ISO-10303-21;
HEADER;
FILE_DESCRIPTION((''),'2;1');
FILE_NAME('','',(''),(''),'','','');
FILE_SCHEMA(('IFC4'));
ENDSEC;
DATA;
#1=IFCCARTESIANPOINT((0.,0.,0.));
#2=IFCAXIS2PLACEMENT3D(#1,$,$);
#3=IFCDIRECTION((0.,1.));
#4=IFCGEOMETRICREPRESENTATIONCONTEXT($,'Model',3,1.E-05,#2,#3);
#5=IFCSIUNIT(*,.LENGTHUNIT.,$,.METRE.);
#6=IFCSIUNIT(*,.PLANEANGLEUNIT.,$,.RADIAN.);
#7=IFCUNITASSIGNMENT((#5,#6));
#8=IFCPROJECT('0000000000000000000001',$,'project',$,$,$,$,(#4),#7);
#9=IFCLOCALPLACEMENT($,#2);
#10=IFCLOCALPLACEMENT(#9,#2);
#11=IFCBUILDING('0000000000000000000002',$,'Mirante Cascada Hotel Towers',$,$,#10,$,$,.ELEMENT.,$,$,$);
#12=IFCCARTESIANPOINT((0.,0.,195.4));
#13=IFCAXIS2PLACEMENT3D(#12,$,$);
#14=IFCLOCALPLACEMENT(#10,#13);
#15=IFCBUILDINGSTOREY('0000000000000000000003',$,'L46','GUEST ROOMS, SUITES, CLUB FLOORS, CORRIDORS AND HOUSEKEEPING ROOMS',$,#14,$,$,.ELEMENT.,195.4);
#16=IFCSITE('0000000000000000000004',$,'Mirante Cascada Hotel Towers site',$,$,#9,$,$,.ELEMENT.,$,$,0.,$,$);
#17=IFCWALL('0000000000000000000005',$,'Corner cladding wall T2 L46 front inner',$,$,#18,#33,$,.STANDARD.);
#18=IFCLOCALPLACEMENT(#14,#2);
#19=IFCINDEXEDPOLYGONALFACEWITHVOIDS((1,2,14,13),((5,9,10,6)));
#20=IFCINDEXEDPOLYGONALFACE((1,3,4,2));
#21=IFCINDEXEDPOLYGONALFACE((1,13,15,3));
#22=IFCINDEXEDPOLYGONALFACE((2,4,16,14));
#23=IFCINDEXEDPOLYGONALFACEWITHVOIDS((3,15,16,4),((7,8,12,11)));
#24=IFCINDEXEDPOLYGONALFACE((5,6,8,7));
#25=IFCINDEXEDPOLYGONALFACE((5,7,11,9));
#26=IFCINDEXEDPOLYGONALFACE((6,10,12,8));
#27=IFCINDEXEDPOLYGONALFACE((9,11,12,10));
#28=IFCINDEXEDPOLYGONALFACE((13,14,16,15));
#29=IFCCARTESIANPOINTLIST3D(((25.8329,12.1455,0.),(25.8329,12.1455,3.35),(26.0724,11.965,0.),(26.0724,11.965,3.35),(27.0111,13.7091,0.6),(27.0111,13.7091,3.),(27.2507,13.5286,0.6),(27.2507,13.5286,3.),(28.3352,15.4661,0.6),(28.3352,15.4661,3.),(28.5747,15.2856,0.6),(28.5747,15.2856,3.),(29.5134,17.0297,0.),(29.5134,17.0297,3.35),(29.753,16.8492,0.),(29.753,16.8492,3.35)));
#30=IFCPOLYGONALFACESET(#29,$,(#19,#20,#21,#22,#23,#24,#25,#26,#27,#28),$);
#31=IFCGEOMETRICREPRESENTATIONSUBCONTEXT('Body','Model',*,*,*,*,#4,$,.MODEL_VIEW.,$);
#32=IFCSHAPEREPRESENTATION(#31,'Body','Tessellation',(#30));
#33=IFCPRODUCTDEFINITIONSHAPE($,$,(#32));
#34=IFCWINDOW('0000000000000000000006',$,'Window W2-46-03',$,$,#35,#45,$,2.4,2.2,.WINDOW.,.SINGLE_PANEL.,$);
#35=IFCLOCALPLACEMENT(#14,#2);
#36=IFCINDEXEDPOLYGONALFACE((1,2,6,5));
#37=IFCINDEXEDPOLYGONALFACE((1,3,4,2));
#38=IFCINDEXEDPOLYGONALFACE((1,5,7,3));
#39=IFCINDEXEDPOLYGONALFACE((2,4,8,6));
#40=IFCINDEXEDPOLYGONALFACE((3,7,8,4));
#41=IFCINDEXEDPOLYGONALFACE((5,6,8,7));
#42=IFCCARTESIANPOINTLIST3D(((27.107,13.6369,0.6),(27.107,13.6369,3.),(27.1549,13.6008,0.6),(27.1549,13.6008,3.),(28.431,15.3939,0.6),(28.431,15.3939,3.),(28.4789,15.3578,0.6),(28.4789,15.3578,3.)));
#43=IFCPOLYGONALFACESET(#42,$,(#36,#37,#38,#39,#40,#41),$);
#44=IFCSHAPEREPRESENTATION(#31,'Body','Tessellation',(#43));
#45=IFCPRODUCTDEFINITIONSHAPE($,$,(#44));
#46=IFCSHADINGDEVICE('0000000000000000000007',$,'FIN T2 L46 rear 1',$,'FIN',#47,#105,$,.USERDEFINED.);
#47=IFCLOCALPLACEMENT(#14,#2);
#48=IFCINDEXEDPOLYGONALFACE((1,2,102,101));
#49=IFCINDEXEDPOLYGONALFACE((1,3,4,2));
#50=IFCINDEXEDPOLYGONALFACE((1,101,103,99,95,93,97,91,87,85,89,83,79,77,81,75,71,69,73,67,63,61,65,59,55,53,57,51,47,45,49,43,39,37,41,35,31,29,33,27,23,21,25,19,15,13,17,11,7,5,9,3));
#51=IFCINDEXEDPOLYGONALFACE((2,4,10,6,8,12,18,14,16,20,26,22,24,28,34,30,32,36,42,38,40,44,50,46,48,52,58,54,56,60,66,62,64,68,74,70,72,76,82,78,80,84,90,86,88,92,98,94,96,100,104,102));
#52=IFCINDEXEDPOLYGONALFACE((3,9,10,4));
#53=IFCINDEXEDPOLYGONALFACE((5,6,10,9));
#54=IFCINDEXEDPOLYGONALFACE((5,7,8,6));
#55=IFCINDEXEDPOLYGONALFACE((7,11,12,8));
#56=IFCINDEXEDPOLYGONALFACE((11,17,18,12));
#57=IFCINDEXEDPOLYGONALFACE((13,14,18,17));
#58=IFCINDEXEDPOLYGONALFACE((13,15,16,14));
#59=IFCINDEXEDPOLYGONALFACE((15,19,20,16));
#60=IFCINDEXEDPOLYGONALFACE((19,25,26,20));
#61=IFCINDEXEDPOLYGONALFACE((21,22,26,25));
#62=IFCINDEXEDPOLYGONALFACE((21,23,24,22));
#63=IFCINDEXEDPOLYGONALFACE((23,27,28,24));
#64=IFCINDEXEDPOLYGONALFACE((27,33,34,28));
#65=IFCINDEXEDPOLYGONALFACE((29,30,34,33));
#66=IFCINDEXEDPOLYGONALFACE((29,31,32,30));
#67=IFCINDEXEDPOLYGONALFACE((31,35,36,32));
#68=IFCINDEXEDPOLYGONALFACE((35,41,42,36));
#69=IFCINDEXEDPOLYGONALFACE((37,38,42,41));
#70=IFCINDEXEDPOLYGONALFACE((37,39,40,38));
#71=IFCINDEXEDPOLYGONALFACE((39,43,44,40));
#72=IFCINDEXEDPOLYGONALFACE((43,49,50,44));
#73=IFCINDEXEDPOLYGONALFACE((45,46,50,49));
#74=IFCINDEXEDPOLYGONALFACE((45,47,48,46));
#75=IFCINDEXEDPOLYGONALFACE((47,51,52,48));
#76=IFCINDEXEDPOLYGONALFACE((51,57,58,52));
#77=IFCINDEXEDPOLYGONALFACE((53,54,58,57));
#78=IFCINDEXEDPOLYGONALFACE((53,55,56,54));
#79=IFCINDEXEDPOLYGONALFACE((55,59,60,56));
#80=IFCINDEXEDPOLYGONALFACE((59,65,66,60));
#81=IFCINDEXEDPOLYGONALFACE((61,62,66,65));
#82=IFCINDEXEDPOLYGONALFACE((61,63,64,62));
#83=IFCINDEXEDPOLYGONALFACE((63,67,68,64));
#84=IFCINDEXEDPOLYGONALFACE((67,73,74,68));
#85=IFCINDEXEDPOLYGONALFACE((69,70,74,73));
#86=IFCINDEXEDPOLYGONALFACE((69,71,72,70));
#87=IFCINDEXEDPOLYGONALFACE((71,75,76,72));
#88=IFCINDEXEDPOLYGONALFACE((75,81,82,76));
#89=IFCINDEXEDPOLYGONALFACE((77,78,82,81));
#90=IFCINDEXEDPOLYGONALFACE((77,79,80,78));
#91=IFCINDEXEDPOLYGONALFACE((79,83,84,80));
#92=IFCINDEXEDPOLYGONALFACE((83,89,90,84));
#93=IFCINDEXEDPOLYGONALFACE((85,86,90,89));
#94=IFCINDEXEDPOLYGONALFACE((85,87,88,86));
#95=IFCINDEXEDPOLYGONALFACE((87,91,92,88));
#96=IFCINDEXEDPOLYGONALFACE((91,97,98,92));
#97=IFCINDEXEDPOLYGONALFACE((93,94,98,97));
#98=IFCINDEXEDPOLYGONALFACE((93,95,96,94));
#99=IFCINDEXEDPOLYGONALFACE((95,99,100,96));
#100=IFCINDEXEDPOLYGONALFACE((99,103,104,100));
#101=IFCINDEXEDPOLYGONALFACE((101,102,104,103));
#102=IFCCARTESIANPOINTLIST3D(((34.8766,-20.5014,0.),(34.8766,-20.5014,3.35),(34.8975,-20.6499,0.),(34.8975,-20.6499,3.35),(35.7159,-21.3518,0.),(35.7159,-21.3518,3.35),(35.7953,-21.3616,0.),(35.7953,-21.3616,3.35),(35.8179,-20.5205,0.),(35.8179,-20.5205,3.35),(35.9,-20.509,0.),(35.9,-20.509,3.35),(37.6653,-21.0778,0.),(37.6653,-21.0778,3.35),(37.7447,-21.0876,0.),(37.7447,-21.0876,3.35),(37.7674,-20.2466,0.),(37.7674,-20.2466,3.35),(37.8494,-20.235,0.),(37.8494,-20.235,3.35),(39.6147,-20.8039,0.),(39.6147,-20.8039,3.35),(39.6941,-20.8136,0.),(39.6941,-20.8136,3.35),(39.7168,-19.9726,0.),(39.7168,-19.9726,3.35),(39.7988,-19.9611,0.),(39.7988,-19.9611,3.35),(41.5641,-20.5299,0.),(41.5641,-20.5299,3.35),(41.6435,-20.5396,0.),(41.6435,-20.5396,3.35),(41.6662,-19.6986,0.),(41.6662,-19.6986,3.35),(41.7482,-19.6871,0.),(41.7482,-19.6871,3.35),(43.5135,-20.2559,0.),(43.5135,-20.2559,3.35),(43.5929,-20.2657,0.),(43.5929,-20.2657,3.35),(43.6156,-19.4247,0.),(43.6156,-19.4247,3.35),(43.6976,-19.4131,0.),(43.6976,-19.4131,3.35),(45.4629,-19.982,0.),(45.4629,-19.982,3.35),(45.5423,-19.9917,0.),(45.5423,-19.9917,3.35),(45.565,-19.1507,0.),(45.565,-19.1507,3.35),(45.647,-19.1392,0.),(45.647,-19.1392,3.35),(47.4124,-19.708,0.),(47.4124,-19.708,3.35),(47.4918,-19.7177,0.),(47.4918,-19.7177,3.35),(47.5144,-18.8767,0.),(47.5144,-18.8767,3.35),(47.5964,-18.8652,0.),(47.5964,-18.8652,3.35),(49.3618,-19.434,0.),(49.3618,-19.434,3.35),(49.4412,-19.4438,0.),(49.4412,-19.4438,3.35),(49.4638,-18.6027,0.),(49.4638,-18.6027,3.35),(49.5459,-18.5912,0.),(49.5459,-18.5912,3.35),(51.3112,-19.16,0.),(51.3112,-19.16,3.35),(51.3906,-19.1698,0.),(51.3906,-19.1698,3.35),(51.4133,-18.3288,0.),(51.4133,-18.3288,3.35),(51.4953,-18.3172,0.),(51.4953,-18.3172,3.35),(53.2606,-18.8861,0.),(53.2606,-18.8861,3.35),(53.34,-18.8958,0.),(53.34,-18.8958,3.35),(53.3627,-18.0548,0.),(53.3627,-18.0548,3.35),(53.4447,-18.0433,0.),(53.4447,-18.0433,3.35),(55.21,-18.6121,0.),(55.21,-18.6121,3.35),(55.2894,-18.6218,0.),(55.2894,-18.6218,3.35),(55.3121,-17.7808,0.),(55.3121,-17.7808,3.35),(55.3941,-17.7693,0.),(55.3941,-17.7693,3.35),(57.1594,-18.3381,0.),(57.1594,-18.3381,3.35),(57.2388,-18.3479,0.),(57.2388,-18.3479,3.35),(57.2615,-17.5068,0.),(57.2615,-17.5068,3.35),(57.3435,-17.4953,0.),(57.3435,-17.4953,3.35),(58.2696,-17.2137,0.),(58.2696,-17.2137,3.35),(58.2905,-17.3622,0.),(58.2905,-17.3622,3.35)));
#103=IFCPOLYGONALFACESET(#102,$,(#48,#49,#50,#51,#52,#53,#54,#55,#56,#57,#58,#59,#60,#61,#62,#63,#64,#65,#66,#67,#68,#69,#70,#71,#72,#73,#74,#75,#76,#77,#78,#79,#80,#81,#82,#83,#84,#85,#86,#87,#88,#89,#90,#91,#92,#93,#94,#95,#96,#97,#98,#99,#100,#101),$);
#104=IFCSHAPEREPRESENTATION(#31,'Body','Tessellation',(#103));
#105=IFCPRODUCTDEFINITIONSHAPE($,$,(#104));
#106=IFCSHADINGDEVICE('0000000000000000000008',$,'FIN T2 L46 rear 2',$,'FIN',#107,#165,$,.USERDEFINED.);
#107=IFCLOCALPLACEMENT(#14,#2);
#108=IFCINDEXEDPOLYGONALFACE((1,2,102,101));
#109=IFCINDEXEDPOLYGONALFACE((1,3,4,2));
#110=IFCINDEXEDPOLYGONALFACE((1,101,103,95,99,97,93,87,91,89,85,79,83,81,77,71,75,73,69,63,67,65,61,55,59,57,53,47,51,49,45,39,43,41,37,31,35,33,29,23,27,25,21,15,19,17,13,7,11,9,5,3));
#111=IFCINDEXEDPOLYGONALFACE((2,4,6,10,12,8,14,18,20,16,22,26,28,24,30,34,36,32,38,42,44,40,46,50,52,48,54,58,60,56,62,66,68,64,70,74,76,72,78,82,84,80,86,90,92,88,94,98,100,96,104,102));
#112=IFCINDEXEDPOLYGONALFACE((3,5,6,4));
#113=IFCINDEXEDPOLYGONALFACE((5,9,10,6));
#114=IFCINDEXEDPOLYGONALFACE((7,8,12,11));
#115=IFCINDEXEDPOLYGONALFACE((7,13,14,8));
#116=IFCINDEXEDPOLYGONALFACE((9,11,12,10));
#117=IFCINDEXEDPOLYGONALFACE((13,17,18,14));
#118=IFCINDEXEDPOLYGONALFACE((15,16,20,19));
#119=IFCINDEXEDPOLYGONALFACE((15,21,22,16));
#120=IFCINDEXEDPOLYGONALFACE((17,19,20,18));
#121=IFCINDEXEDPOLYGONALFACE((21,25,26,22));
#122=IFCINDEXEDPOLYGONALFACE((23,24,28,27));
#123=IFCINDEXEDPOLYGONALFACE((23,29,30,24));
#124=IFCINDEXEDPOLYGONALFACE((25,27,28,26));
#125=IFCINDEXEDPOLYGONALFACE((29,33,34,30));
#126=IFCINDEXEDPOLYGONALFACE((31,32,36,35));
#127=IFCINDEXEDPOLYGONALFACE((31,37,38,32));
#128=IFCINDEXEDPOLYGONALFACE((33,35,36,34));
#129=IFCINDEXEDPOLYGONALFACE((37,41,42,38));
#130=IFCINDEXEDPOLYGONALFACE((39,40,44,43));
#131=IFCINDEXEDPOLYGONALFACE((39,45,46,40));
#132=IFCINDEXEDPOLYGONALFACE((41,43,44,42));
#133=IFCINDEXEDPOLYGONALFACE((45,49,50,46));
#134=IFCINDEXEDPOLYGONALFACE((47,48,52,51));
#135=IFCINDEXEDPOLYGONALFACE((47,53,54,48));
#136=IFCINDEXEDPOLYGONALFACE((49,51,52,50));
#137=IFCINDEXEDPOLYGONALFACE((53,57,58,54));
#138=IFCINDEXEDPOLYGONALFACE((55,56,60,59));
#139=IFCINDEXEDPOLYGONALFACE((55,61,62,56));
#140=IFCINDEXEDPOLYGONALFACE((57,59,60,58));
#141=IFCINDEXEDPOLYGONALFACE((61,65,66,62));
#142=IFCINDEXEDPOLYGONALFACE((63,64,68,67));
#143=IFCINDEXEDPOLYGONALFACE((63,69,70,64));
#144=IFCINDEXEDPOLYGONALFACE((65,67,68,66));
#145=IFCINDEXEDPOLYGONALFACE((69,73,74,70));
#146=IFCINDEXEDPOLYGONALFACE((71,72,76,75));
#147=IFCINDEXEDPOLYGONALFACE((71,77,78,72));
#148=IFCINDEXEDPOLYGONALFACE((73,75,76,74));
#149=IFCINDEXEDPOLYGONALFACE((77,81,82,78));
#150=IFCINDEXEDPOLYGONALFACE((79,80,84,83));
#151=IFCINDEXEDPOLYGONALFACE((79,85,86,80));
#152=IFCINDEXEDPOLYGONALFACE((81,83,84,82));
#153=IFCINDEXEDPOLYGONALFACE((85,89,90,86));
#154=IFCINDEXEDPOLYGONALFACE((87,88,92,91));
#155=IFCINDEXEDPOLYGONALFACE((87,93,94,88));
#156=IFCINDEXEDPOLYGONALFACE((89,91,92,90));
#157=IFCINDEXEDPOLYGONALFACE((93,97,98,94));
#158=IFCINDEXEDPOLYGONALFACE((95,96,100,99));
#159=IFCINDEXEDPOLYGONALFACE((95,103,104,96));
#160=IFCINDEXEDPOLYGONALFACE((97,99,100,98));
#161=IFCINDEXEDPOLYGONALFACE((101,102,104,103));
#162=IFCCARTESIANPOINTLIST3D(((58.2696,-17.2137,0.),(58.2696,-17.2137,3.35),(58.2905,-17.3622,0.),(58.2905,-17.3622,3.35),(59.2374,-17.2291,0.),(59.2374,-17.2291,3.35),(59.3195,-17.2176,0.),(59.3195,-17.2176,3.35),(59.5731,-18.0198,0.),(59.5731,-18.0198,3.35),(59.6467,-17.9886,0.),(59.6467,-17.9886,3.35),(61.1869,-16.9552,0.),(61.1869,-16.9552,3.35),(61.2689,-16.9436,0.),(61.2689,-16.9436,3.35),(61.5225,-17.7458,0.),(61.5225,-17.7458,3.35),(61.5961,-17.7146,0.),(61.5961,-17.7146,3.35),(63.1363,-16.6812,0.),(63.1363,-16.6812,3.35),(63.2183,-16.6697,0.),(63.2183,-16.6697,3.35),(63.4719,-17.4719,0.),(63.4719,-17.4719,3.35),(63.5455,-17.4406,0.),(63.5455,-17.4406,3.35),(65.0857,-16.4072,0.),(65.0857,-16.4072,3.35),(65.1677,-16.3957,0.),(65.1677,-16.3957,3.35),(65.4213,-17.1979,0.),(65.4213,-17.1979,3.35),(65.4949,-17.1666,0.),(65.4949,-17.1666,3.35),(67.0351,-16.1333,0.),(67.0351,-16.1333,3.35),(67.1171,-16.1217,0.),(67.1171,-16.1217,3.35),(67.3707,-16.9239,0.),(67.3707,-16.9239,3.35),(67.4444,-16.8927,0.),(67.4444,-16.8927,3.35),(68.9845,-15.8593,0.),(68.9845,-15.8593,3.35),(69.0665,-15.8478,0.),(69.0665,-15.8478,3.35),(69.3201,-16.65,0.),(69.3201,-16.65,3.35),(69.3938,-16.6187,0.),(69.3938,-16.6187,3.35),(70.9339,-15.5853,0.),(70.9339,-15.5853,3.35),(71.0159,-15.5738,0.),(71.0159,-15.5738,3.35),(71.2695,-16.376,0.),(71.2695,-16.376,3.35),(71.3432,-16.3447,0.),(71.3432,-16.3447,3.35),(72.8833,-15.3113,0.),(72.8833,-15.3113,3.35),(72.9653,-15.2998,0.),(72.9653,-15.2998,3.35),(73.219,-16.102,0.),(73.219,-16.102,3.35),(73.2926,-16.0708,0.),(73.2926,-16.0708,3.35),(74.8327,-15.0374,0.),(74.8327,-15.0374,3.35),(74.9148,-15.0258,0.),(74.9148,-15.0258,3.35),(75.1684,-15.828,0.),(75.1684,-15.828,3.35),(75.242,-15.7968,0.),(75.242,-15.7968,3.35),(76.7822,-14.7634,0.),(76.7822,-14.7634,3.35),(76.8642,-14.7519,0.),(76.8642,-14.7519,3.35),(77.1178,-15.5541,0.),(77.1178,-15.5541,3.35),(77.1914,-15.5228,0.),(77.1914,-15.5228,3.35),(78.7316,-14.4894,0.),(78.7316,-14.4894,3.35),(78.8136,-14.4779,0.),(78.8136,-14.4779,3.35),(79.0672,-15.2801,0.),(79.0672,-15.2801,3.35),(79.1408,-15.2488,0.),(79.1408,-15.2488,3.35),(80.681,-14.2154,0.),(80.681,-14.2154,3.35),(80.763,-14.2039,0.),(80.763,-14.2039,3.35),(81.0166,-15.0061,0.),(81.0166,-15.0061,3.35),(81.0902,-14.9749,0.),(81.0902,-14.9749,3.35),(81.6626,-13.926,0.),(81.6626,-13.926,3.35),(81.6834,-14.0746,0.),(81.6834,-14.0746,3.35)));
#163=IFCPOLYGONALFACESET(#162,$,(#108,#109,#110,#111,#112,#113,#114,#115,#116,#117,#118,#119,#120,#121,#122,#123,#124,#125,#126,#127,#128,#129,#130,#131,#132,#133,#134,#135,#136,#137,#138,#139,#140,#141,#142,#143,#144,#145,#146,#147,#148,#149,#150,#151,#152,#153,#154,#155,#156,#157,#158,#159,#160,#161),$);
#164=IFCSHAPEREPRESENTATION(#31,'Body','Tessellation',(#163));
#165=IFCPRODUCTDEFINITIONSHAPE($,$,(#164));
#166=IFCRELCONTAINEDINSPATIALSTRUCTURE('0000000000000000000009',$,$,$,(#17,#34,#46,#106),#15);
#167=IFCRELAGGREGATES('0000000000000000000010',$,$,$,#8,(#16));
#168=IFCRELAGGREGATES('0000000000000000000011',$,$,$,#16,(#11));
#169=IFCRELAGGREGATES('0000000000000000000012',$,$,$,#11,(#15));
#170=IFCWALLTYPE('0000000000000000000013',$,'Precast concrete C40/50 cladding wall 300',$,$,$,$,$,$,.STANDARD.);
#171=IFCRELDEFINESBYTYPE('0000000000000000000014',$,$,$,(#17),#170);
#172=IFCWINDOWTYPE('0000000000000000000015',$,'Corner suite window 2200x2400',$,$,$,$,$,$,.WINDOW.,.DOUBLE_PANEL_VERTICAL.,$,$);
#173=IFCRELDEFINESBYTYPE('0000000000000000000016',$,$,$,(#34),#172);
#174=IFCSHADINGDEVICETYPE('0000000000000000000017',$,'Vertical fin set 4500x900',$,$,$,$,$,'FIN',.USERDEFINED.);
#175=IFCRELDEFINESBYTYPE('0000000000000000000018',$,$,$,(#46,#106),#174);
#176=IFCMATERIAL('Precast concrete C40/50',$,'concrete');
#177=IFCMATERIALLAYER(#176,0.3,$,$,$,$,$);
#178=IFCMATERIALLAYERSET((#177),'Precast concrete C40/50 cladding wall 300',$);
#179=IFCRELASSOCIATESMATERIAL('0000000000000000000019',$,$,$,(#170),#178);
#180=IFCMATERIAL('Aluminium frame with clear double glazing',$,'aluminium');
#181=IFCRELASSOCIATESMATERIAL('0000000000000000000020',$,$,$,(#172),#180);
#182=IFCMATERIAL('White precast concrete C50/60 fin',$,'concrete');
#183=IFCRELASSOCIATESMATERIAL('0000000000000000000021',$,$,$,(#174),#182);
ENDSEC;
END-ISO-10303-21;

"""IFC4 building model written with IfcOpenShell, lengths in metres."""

from ifc_helpers import new_model, si_unit, direction, frame, frame_2d, origin, place, context, subcontext, project, spatial, polyline, rectangle, outline, extrude, material, layer, layer_set, type_object, element, fill, save


model = new_model("IFC4")

# Units and contexts
model_context = context("Model", 3, precision=1e-05, world=origin(), true_north=direction((0.0, 1.0)))
body_context = subcontext(model_context, "Body", "Model", "MODEL_VIEW")
ifc_project = project(units=[si_unit("LENGTHUNIT", "METRE"), si_unit("PLANEANGLEUNIT", "RADIAN")], contexts=[model_context])

# Site, building, storey
site_placement = place(None, origin())
site = spatial("IfcSite", under=ifc_project, at=site_placement, Name="Mirante Cascada Hotel Towers site", CompositionType="ELEMENT", RefElevation=0.0)
building_placement = place(site_placement, origin())
building = spatial("IfcBuilding", under=site, at=building_placement, Name="Mirante Cascada Hotel Towers", CompositionType="ELEMENT")
storey_placement = place(building_placement, frame((0.0, 0.0, 195.4)))
storey = spatial("IfcBuildingStorey", under=building, at=storey_placement, Name="L46", Description="GUEST ROOMS, SUITES, CLUB FLOORS, CORRIDORS AND HOUSEKEEPING ROOMS", CompositionType="ELEMENT", Elevation=195.4)

# Wall, opening, window
ifc_material_1 = material(Name="Precast concrete C40/50", Category="concrete")
ifc_layer_1 = layer(ifc_material_1, 0.3)
ifc_layer_set_1 = layer_set([ifc_layer_1], Name="Precast concrete C40/50 cladding wall 300")
wall_type_1 = type_object("IfcWallType", Name="Precast concrete C40/50 cladding wall 300", PredefinedType="STANDARD", material=ifc_layer_set_1)
wall_1_placement = place(storey_placement, frame((29.6332, 16.9394, 0.0), z_axis=(0.0, 0.0, 1.0), x_axis=(-0.601824, -0.798628, 0.0)))
wall_1 = element("IfcWall", 1, at=wall_1_placement, inside=storey, type_object=wall_type_1, Name="Corner cladding wall T2 L46 front inner", PredefinedType="STANDARD", context=body_context, shape_type="SweptSolid", body=[
    extrude(rectangle(XDim=6.1157, YDim=0.3, at=frame_2d((3.0578, 0.0))), origin(), (0.0, 0.0, 1.0), 3.35),
])
opening_1_placement = place(wall_1_placement, frame((1.9578, 0.0, 0.6)))
opening_1 = element("IfcOpeningElement", 2, at=opening_1_placement, cuts=wall_1, PredefinedType="OPENING", context=body_context, shape_type="SweptSolid", body=[
    extrude(rectangle(XDim=2.2, YDim=2.4, at=frame_2d((1.1, 1.2))), frame((0.0, 0.15, 0.0), z_axis=(0.0, -1.0, 0.0), x_axis=(1.0, 0.0, 0.0)), (0.0, 0.0, 1.0), 0.3),
])
ifc_material_2 = material(Name="Aluminium frame with clear double glazing", Category="aluminium")
window_type = type_object("IfcWindowType", Name="Corner suite window 2200x2400", PartitioningType="DOUBLE_PANEL_VERTICAL", PredefinedType="WINDOW", material=ifc_material_2)
window_placement = place(opening_1_placement, origin())
window = element("IfcWindow", 3, at=window_placement, inside=storey, type_object=window_type, Name="Window W2-46-03", OverallHeight=2.4, OverallWidth=2.2, PartitioningType="SINGLE_PANEL", PredefinedType="WINDOW", context=body_context, shape_type="SweptSolid", body=[
    extrude(rectangle(XDim=2.2, YDim=2.4, at=frame_2d((1.1, 1.2))), frame((0.0, 0.03, 0.0), z_axis=(0.0, -1.0, 0.0), x_axis=(1.0, 0.0, 0.0)), (0.0, 0.0, 1.0), 0.06),
])
fill(opening_1, window)

# Shading devices
ifc_material_3 = material(Name="White precast concrete C50/60 fin", Category="concrete")
shading_device_type = type_object("IfcShadingDeviceType", Name="Vertical fin set 4500x900", ElementType="FIN", PredefinedType="USERDEFINED", material=ifc_material_3)
shading_device_1_placement = place(storey_placement, origin())
element("IfcShadingDevice", 4, at=shading_device_1_placement, inside=storey, type_object=shading_device_type, Name="FIN T2 L46 rear 1", ObjectType="FIN", PredefinedType="USERDEFINED", context=body_context, shape_type="SweptSolid", body=[
    extrude(outline(polyline([(35.7159, -21.3518), (35.8179, -20.5205), (34.8975, -20.6499), (34.8766, -20.5014), (58.2696, -17.2137), (58.2905, -17.3622), (57.3435, -17.4953), (57.2388, -18.3479), (57.1594, -18.3381), (57.2615, -17.5068), (55.3941, -17.7693), (55.2894, -18.6218), (55.21, -18.6121), (55.3121, -17.7808), (53.4447, -18.0433), (53.34, -18.8958), (53.2606, -18.8861), (53.3627, -18.0548), (51.4953, -18.3172), (51.3906, -19.1698), (51.3112, -19.16), (51.4133, -18.3288), (49.5459, -18.5912), (49.4412, -19.4438), (49.3618, -19.434), (49.4638, -18.6027), (47.5964, -18.8652), (47.4918, -19.7177), (47.4124, -19.708), (47.5144, -18.8767), (45.647, -19.1392), (45.5423, -19.9917), (45.4629, -19.982), (45.565, -19.1507), (43.6976, -19.4131), (43.5929, -20.2657), (43.5135, -20.2559), (43.6156, -19.4247), (41.7482, -19.6871), (41.6435, -20.5396), (41.5641, -20.5299), (41.6662, -19.6986), (39.7988, -19.9611), (39.6941, -20.8136), (39.6147, -20.8039), (39.7168, -19.9726), (37.8494, -20.235), (37.7447, -21.0876), (37.6653, -21.0778), (37.7674, -20.2466), (35.9, -20.509), (35.7953, -21.3616), (35.7159, -21.3518)])), origin(), (0.0, 0.0, 1.0), 3.35),
])
shading_device_2_placement = place(storey_placement, origin())
element("IfcShadingDevice", 5, at=shading_device_2_placement, inside=storey, type_object=shading_device_type, Name="FIN T2 L46 rear 2", ObjectType="FIN", PredefinedType="USERDEFINED", context=body_context, shape_type="SweptSolid", body=[
    extrude(outline(polyline([(59.5731, -18.0198), (59.2374, -17.2291), (58.2905, -17.3622), (58.2696, -17.2137), (81.6626, -13.926), (81.6834, -14.0746), (80.763, -14.2039), (81.0902, -14.9749), (81.0166, -15.0061), (80.681, -14.2154), (78.8136, -14.4779), (79.1408, -15.2488), (79.0672, -15.2801), (78.7316, -14.4894), (76.8642, -14.7519), (77.1914, -15.5228), (77.1178, -15.5541), (76.7822, -14.7634), (74.9148, -15.0258), (75.242, -15.7968), (75.1684, -15.828), (74.8327, -15.0374), (72.9653, -15.2998), (73.2926, -16.0708), (73.219, -16.102), (72.8833, -15.3113), (71.0159, -15.5738), (71.3432, -16.3447), (71.2695, -16.376), (70.9339, -15.5853), (69.0665, -15.8478), (69.3938, -16.6187), (69.3201, -16.65), (68.9845, -15.8593), (67.1171, -16.1217), (67.4444, -16.8927), (67.3707, -16.9239), (67.0351, -16.1333), (65.1677, -16.3957), (65.4949, -17.1666), (65.4213, -17.1979), (65.0857, -16.4072), (63.2183, -16.6697), (63.5455, -17.4406), (63.4719, -17.4719), (63.1363, -16.6812), (61.2689, -16.9436), (61.5961, -17.7146), (61.5225, -17.7458), (61.1869, -16.9552), (59.3195, -17.2176), (59.6467, -17.9886), (59.5731, -18.0198)])), origin(), (0.0, 0.0, 1.0), 3.35),
])

save(model, "model.ifc")
